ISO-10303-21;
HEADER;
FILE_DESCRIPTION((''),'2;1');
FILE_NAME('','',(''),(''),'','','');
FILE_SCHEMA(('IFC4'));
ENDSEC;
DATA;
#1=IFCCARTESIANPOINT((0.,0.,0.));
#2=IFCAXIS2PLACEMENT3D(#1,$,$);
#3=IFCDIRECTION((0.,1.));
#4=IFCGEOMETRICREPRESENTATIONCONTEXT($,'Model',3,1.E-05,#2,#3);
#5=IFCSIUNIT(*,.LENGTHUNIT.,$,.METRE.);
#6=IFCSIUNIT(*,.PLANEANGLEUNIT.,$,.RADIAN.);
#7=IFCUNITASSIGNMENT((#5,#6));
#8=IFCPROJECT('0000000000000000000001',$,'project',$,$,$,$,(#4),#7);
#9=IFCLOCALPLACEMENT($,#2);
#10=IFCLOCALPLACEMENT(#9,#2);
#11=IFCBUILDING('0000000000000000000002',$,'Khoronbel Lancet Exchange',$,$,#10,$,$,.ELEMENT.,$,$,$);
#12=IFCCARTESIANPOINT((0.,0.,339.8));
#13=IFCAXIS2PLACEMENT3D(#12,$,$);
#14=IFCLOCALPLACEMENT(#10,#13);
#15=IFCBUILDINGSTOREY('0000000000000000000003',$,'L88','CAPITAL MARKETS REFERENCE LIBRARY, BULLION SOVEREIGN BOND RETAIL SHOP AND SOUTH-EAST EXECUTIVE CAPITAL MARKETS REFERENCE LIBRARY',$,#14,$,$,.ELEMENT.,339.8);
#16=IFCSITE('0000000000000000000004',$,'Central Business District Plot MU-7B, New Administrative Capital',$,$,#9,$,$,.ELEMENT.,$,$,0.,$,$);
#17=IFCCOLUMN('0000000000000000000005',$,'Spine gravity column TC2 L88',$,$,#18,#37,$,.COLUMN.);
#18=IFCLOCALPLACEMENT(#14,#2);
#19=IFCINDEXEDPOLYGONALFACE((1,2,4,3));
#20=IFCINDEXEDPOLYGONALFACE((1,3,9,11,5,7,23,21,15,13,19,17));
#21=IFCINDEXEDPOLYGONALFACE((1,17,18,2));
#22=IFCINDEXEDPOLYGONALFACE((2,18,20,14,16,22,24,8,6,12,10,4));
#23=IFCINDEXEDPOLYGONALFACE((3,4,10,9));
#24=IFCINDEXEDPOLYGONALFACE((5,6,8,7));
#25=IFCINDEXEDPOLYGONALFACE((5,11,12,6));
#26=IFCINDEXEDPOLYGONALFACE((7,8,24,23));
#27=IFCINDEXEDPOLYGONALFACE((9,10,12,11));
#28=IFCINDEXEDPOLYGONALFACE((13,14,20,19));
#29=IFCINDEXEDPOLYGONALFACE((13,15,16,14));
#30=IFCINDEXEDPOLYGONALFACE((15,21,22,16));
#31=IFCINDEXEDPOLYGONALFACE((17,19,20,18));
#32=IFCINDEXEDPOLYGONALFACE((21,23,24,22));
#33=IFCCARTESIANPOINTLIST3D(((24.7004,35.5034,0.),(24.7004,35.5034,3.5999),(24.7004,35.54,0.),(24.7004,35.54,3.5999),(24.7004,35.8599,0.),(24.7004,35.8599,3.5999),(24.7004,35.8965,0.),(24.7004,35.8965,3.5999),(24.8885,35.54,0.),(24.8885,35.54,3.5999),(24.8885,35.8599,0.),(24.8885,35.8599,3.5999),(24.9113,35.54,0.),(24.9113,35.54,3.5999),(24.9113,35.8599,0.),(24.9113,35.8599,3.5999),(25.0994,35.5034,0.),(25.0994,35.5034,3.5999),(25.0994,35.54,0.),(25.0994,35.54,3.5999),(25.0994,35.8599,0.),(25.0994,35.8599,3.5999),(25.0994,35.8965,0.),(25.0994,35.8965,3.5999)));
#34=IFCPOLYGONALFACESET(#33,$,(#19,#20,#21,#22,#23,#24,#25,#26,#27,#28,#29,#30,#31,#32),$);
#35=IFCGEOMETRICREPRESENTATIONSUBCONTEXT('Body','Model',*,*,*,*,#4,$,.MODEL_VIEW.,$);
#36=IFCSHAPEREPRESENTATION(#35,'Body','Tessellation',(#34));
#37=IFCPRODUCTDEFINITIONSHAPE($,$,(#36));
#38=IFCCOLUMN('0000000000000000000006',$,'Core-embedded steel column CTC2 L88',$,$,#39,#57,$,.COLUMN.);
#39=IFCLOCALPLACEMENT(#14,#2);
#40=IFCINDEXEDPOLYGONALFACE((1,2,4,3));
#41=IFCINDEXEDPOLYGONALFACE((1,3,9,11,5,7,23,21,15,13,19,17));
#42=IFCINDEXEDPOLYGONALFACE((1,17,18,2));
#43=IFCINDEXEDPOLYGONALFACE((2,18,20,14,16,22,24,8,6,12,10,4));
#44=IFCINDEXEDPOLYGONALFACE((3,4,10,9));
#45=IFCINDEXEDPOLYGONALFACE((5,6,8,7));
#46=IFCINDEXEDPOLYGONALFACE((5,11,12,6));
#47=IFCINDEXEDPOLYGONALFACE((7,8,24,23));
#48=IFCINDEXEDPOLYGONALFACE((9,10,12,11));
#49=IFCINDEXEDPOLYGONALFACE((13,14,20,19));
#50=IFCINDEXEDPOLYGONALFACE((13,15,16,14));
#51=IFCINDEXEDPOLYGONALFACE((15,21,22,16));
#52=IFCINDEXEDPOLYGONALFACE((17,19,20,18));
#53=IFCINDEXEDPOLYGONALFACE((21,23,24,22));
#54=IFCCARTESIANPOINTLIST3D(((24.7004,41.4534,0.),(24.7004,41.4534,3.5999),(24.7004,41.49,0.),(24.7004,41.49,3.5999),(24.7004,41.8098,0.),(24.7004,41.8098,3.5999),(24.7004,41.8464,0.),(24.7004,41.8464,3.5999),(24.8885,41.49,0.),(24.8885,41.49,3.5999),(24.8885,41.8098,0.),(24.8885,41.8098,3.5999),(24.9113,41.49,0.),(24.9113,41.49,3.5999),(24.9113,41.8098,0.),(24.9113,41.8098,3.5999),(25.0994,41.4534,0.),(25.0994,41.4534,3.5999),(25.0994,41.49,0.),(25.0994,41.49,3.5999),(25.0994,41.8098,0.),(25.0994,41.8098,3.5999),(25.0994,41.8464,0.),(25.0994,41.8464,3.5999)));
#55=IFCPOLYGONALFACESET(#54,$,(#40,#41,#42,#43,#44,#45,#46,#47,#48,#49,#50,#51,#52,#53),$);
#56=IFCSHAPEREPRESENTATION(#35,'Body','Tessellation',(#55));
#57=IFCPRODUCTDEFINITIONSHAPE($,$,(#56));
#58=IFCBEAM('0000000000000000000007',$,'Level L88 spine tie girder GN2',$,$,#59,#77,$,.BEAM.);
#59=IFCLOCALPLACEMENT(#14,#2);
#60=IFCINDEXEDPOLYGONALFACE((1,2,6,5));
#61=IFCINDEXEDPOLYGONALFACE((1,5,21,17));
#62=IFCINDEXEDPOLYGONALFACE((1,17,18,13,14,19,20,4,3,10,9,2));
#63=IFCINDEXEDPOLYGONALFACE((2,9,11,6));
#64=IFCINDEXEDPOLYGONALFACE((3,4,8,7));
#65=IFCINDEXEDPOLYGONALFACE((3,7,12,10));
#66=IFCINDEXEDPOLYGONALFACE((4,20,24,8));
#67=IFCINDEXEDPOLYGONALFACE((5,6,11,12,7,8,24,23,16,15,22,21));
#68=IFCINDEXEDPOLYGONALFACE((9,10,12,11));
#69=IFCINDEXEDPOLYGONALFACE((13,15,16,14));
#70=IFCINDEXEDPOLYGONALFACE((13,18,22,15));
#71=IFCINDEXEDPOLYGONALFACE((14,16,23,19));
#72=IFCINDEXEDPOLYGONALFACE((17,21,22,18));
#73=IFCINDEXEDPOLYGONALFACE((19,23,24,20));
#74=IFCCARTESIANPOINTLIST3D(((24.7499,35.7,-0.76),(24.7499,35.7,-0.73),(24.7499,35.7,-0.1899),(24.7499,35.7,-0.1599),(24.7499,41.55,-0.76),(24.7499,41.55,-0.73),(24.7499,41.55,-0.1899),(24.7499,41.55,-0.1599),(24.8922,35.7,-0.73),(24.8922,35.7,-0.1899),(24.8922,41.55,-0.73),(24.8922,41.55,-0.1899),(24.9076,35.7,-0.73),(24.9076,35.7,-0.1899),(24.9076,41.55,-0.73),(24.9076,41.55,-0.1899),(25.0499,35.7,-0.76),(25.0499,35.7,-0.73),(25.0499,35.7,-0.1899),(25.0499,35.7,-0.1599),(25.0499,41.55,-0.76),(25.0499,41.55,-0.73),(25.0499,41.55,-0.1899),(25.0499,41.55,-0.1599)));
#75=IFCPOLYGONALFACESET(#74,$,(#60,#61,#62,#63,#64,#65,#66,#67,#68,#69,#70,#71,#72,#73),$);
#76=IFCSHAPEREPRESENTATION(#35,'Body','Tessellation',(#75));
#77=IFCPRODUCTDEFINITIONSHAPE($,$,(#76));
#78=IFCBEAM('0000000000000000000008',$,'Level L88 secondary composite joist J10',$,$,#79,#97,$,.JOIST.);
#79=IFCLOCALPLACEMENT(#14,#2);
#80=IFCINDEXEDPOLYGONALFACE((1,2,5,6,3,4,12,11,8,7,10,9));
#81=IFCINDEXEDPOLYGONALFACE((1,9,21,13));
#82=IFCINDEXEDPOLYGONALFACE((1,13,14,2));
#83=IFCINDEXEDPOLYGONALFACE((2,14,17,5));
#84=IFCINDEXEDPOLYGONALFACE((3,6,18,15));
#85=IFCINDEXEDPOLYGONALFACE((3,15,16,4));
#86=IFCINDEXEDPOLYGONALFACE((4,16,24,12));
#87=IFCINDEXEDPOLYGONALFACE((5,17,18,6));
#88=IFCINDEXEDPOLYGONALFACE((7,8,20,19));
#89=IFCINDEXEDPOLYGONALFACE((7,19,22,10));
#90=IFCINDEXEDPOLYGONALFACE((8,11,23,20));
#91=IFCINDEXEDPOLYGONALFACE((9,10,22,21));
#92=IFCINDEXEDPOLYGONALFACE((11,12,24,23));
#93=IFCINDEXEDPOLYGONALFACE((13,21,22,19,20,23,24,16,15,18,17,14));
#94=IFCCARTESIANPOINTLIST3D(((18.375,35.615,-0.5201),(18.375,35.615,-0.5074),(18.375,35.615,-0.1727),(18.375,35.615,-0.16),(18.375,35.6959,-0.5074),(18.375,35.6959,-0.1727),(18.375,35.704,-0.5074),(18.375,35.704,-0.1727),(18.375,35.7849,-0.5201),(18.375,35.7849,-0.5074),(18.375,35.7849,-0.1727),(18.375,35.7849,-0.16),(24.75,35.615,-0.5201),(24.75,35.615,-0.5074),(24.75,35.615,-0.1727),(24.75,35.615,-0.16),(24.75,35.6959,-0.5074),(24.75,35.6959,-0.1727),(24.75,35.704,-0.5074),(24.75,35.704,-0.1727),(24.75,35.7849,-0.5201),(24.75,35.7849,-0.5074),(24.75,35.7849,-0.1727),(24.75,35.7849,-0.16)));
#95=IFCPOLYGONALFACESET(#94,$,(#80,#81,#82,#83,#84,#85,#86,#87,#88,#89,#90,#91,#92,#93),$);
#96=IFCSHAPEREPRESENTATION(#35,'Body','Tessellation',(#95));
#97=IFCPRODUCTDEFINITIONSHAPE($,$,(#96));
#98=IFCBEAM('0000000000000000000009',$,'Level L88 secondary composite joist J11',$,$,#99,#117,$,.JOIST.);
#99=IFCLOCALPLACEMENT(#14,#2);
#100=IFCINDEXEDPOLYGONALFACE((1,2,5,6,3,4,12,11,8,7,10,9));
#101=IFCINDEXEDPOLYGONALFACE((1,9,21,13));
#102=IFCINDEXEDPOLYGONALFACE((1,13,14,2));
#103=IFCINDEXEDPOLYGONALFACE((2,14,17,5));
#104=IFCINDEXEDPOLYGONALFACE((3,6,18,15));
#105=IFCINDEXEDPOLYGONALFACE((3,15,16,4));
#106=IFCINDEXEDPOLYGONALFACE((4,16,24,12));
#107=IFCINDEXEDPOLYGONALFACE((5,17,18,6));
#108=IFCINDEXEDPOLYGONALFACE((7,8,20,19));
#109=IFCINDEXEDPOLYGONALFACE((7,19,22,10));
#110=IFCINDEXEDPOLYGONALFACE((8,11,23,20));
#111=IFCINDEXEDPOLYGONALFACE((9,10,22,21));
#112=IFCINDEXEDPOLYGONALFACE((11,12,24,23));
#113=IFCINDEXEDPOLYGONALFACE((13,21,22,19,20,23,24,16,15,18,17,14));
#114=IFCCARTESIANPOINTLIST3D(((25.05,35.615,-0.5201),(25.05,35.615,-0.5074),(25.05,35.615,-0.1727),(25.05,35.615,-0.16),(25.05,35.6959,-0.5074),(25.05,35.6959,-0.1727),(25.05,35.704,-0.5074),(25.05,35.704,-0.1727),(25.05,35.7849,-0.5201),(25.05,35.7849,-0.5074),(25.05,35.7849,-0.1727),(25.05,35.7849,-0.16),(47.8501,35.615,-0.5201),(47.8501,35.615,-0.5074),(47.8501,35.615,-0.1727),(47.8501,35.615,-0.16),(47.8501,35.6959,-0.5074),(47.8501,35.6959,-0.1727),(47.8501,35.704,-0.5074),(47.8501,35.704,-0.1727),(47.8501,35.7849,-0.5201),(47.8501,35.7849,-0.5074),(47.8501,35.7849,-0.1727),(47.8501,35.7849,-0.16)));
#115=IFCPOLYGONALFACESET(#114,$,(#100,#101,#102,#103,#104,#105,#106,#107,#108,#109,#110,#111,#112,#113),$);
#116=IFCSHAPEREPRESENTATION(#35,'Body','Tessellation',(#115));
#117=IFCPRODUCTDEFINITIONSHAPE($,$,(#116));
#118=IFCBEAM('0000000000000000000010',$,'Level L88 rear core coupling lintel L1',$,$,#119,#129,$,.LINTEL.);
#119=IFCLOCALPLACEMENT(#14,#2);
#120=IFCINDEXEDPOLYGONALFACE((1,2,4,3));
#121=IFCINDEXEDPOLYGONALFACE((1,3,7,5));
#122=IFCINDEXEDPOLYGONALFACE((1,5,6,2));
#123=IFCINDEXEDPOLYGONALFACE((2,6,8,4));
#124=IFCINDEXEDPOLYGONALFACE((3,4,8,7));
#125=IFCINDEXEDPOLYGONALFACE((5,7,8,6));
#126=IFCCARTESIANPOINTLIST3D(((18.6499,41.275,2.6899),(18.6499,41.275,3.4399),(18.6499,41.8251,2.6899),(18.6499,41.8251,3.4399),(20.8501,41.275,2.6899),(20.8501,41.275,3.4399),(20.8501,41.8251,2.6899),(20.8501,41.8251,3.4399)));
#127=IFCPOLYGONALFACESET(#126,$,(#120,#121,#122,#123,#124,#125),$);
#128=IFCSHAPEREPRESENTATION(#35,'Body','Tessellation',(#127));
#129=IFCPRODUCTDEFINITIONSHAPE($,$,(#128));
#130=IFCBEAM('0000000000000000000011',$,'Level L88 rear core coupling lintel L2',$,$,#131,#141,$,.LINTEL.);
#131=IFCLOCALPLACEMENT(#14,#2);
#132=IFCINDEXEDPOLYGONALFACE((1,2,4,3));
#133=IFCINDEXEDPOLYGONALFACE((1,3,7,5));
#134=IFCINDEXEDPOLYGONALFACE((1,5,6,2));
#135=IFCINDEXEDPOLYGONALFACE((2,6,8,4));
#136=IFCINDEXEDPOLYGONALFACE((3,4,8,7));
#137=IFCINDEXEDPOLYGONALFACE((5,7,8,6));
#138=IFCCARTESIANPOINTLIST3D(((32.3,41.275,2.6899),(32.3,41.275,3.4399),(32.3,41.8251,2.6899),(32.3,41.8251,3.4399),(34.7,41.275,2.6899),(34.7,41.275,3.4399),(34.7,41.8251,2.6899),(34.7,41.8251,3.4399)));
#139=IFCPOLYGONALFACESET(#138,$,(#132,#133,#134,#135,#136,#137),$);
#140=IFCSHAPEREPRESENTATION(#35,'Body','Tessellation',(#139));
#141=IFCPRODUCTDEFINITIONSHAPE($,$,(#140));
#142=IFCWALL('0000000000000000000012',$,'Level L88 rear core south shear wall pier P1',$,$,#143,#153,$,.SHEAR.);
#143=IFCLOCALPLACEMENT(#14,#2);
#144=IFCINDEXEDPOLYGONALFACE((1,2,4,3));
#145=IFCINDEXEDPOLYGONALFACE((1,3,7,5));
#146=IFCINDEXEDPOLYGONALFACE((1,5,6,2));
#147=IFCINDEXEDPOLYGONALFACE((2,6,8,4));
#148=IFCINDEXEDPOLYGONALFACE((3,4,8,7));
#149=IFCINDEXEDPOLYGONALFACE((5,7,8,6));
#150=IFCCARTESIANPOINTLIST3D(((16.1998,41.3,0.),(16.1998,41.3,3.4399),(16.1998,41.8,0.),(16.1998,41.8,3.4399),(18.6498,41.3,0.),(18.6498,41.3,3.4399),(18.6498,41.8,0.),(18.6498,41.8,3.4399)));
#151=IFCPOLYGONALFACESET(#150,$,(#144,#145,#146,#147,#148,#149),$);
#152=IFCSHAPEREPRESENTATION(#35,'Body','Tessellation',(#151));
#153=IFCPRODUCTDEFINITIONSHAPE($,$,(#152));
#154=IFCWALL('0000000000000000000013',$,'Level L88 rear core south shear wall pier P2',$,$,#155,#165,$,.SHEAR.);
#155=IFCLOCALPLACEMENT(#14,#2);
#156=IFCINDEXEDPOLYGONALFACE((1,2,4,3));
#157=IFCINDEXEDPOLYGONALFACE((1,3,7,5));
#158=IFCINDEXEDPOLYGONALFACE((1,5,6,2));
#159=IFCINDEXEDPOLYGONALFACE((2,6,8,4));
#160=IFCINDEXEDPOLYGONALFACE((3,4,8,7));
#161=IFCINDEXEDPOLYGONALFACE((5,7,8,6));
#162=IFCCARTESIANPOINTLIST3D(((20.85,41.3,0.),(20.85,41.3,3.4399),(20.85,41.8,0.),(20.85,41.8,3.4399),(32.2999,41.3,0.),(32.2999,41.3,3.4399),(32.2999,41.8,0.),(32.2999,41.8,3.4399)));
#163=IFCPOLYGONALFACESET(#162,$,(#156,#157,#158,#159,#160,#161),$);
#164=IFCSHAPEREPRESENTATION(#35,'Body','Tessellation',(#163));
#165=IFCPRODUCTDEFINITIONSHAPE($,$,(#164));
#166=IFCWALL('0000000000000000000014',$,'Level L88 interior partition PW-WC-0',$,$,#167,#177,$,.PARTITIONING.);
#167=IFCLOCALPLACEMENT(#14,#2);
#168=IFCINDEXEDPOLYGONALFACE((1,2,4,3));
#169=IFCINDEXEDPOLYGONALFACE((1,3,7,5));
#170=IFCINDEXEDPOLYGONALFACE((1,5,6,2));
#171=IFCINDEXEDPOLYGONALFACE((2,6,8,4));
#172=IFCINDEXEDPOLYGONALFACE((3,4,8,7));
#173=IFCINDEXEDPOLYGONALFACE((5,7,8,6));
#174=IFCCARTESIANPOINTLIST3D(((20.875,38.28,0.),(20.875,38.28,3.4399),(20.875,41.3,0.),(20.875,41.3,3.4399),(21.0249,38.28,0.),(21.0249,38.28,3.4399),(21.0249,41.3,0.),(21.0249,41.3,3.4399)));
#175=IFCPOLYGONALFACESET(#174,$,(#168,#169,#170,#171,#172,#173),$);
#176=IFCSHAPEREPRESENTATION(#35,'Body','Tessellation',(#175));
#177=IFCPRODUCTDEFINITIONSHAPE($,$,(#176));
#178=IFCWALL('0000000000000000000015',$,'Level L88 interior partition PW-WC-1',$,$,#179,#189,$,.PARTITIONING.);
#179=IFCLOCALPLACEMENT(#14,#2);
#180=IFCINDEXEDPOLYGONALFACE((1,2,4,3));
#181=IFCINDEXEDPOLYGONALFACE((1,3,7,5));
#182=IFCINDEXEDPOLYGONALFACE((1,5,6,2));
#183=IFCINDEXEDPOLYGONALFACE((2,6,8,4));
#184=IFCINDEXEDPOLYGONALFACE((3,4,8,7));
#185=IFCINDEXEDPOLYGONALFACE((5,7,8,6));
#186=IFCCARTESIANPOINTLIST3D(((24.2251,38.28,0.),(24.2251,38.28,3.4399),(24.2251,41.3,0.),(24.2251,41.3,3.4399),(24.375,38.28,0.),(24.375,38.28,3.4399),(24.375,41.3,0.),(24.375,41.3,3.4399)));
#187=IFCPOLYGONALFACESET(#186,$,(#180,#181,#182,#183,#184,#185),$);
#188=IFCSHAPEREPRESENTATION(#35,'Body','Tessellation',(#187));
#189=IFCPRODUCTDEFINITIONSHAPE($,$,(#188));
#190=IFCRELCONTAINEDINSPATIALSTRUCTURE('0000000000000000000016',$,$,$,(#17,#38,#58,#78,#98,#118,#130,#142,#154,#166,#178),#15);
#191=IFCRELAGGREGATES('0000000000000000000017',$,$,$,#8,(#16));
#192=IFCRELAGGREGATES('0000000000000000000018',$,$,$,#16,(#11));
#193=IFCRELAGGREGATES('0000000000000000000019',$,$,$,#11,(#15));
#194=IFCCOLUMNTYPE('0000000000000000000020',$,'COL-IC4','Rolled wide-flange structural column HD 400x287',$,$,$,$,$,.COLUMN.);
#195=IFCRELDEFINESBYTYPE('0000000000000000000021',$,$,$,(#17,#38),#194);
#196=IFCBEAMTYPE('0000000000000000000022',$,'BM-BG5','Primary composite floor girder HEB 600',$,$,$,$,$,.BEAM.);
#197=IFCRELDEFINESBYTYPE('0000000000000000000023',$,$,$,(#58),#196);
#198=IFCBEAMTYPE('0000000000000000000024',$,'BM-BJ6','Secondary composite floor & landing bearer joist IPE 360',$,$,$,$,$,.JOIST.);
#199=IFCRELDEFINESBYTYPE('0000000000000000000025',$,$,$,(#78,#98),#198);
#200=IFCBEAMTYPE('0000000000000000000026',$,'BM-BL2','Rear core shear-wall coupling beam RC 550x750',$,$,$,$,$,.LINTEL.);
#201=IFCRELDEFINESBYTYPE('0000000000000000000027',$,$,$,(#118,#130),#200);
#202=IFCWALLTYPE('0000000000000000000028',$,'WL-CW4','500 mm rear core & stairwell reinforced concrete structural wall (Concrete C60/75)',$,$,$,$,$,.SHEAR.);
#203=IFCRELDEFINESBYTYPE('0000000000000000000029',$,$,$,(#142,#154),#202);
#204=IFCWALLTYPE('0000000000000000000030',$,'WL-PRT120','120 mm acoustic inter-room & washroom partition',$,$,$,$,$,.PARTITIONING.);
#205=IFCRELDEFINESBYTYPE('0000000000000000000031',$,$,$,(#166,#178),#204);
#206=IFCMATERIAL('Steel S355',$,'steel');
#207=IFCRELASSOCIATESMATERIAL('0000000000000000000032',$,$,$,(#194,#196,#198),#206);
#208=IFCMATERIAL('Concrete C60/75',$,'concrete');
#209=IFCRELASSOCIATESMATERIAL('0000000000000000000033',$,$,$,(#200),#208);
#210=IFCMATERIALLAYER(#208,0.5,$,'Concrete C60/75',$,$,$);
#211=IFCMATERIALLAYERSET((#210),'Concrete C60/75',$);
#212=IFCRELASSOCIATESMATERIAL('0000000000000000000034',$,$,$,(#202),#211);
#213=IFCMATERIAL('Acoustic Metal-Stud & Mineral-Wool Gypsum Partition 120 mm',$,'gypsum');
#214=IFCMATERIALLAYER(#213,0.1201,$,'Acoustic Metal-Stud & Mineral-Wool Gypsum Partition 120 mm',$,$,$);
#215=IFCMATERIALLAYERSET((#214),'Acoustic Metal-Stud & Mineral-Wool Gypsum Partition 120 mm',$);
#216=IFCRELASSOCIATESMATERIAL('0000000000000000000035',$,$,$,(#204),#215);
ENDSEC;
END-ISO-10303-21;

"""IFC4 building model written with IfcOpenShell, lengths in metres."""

from ifc_helpers import new_model, si_unit, direction, frame, frame_2d, origin, origin_2d, place, context, subcontext, project, spatial, rectangle, i_section, extrude, material, layer, layer_set, material_profile, profile_set, type_object, element, save


model = new_model("IFC4")

# Units and contexts
model_context = context("Model", 3, precision=1e-05, world=origin(), true_north=direction((0.0, 1.0)))
body_context = subcontext(model_context, "Body", "Model", "MODEL_VIEW")
ifc_project = project(units=[si_unit("LENGTHUNIT", "METRE"), si_unit("PLANEANGLEUNIT", "RADIAN")], contexts=[model_context])

# Site, building, storey
site_placement = place(None, origin())
site = spatial("IfcSite", under=ifc_project, at=site_placement, Name="Central Business District Plot MU-7B, New Administrative Capital", CompositionType="ELEMENT", RefElevation=0.0)
building_placement = place(site_placement, origin())
building = spatial("IfcBuilding", under=site, at=building_placement, Name="Khoronbel Lancet Exchange", CompositionType="ELEMENT")
storey_placement = place(building_placement, frame((0.0, 0.0, 339.8)))
storey = spatial("IfcBuildingStorey", under=building, at=storey_placement, Name="L88", Description="CAPITAL MARKETS REFERENCE LIBRARY, BULLION SOVEREIGN BOND RETAIL SHOP AND SOUTH-EAST EXECUTIVE CAPITAL MARKETS REFERENCE LIBRARY", CompositionType="ELEMENT", Elevation=339.8)

# Columns
ifc_material_1 = material(Name="Steel S355", Category="steel")
ifc_material_profile_1 = material_profile(ifc_material_1, i_section(OverallWidth=0.3989, OverallDepth=0.3931, WebThickness=0.0227, FlangeThickness=0.0366, at=origin_2d()), Name="HD 400x287")
ifc_profile_set_1 = profile_set([ifc_material_profile_1], Name="Steel S355")
column_type = type_object("IfcColumnType", Name="COL-IC4", Description="Rolled wide-flange structural column HD 400x287", PredefinedType="COLUMN", material=ifc_profile_set_1)
for number, where, z_axis, x_axis, name in (
    (1, (24.8999, 35.7, 0.0), (0.0, 0.0, 1.0), (1.0, 0.0, 0.0), "Spine gravity column TC2 L88"),
    (2, (24.8999, 41.6499, 0.0), (0.0, 0.0, 1.0), (1.0, 0.0, 0.0), "Core-embedded steel column CTC2 L88"),
):
    element("IfcColumn", number, at=place(storey_placement, frame(where, z_axis=z_axis, x_axis=x_axis)), inside=storey, type_object=column_type, Name=name, PredefinedType="COLUMN", context=body_context, shape_type="SweptSolid", body=[
        extrude(i_section(OverallWidth=0.3989, OverallDepth=0.3931, WebThickness=0.0227, FlangeThickness=0.0366, at=origin_2d()), origin(), (0.0, 0.0, 1.0), 3.5999),
    ])

# Beams
ifc_material_profile_2 = material_profile(ifc_material_1, i_section(OverallWidth=0.3, OverallDepth=0.6001, WebThickness=0.0154, FlangeThickness=0.03, at=origin_2d()), Name="HEB 600")
ifc_profile_set_2 = profile_set([ifc_material_profile_2], Name="Steel S355")
beam_type_1 = type_object("IfcBeamType", Name="BM-BG5", Description="Primary composite floor girder HEB 600", PredefinedType="BEAM", material=ifc_profile_set_2)
beam_1_placement = place(storey_placement, frame((24.8999, 35.7, -0.46), z_axis=(0.0, 1.0, 0.0), x_axis=(-1.0, 0.0, 0.0)))
element("IfcBeam", 3, at=beam_1_placement, inside=storey, type_object=beam_type_1, Name="Level L88 spine tie girder GN2", PredefinedType="BEAM", context=body_context, shape_type="SweptSolid", body=[
    extrude(i_section(OverallWidth=0.3, OverallDepth=0.6001, WebThickness=0.0154, FlangeThickness=0.03, at=origin_2d()), origin(), (0.0, 0.0, 1.0), 5.8501),
])
ifc_material_profile_3 = material_profile(ifc_material_1, i_section(OverallWidth=0.1699, OverallDepth=0.3601, WebThickness=0.0081, FlangeThickness=0.0127, at=origin_2d()), Name="IPE 360")
ifc_profile_set_3 = profile_set([ifc_material_profile_3], Name="Steel S355")
beam_type_2 = type_object("IfcBeamType", Name="BM-BJ6", Description="Secondary composite floor & landing bearer joist IPE 360", PredefinedType="JOIST", material=ifc_profile_set_3)
beam_2_placement = place(storey_placement, frame((18.375, 35.7, -0.3401), z_axis=(1.0, 0.0, 0.0), x_axis=(0.0, 1.0, 0.0)))
element("IfcBeam", 4, at=beam_2_placement, inside=storey, type_object=beam_type_2, Name="Level L88 secondary composite joist J10", PredefinedType="JOIST", context=body_context, shape_type="SweptSolid", body=[
    extrude(i_section(OverallWidth=0.1699, OverallDepth=0.3601, WebThickness=0.0081, FlangeThickness=0.0127, at=origin_2d()), origin(), (0.0, 0.0, 1.0), 6.375),
])
beam_3_placement = place(storey_placement, frame((25.05, 35.7, -0.3401), z_axis=(1.0, 0.0, 0.0), x_axis=(0.0, 1.0, 0.0)))
element("IfcBeam", 5, at=beam_3_placement, inside=storey, type_object=beam_type_2, Name="Level L88 secondary composite joist J11", PredefinedType="JOIST", context=body_context, shape_type="SweptSolid", body=[
    extrude(i_section(OverallWidth=0.1699, OverallDepth=0.3601, WebThickness=0.0081, FlangeThickness=0.0127, at=origin_2d()), origin(), (0.0, 0.0, 1.0), 22.8),
])
ifc_material_2 = material(Name="Concrete C60/75", Category="concrete")
ifc_material_profile_4 = material_profile(ifc_material_2, rectangle(XDim=0.55, YDim=0.75, at=origin_2d()), Name="RC 550x750")
ifc_profile_set_4 = profile_set([ifc_material_profile_4], Name="Concrete C60/75")
beam_type_3 = type_object("IfcBeamType", Name="BM-BL2", Description="Rear core shear-wall coupling beam RC 550x750", PredefinedType="LINTEL", material=ifc_profile_set_4)
beam_4_placement = place(storey_placement, frame((18.6499, 41.55, 3.0649), z_axis=(1.0, 0.0, 0.0), x_axis=(0.0, 1.0, 0.0)))
element("IfcBeam", 6, at=beam_4_placement, inside=storey, type_object=beam_type_3, Name="Level L88 rear core coupling lintel L1", PredefinedType="LINTEL", context=body_context, shape_type="SweptSolid", body=[
    extrude(rectangle(XDim=0.55, YDim=0.75, at=origin_2d()), origin(), (0.0, 0.0, 1.0), 2.2002),
])
beam_5_placement = place(storey_placement, frame((32.3, 41.55, 3.0649), z_axis=(1.0, 0.0, 0.0), x_axis=(0.0, 1.0, 0.0)))
element("IfcBeam", 7, at=beam_5_placement, inside=storey, type_object=beam_type_3, Name="Level L88 rear core coupling lintel L2", PredefinedType="LINTEL", context=body_context, shape_type="SweptSolid", body=[
    extrude(rectangle(XDim=0.55, YDim=0.75, at=origin_2d()), origin(), (0.0, 0.0, 1.0), 2.3999),
])

# Walls
ifc_layer_1 = layer(ifc_material_2, 0.5, Name="Concrete C60/75")
ifc_layer_set_1 = layer_set([ifc_layer_1], Name="Concrete C60/75")
wall_type_1 = type_object("IfcWallType", Name="WL-CW4", Description="500 mm rear core & stairwell reinforced concrete structural wall (Concrete C60/75)", PredefinedType="SHEAR", material=ifc_layer_set_1)
wall_1_placement = place(storey_placement, frame((18.6499, 41.55, 0.0), z_axis=(0.0, 0.0, 1.0), x_axis=(-1.0, 0.0, 0.0)))
element("IfcWall", 8, at=wall_1_placement, inside=storey, type_object=wall_type_1, Name="Level L88 rear core south shear wall pier P1", PredefinedType="SHEAR", context=body_context, shape_type="SweptSolid", body=[
    extrude(rectangle(XDim=2.45, YDim=0.5, at=frame_2d((1.2251, 0.0))), origin(), (0.0, 0.0, 1.0), 3.4399),
])
wall_2_placement = place(storey_placement, frame((32.3, 41.55, 0.0), z_axis=(0.0, 0.0, 1.0), x_axis=(-1.0, 0.0, 0.0)))
element("IfcWall", 9, at=wall_2_placement, inside=storey, type_object=wall_type_1, Name="Level L88 rear core south shear wall pier P2", PredefinedType="SHEAR", context=body_context, shape_type="SweptSolid", body=[
    extrude(rectangle(XDim=11.45, YDim=0.5, at=frame_2d((5.7251, 0.0))), origin(), (0.0, 0.0, 1.0), 3.4399),
])
ifc_material_3 = material(Name="Acoustic Metal-Stud & Mineral-Wool Gypsum Partition 120 mm", Category="gypsum")
ifc_layer_2 = layer(ifc_material_3, 0.1201, Name="Acoustic Metal-Stud & Mineral-Wool Gypsum Partition 120 mm")
ifc_layer_set_2 = layer_set([ifc_layer_2], Name="Acoustic Metal-Stud & Mineral-Wool Gypsum Partition 120 mm")
wall_type_2 = type_object("IfcWallType", Name="WL-PRT120", Description="120 mm acoustic inter-room & washroom partition", PredefinedType="PARTITIONING", material=ifc_layer_set_2)
for number, where, z_axis, x_axis, name in (
    (10, (20.95, 38.28, 0.0), (0.0, 0.0, 1.0), (0.0, 1.0, 0.0), "Level L88 interior partition PW-WC-0"),
    (11, (24.3, 38.28, 0.0), (0.0, 0.0, 1.0), (0.0, 1.0, 0.0), "Level L88 interior partition PW-WC-1"),
):
    element("IfcWall", number, at=place(storey_placement, frame(where, z_axis=z_axis, x_axis=x_axis)), inside=storey, type_object=wall_type_2, Name=name, PredefinedType="PARTITIONING", context=body_context, shape_type="SweptSolid", body=[
        extrude(rectangle(XDim=3.02, YDim=0.1499, at=frame_2d((1.51, 0.0))), origin(), (0.0, 0.0, 1.0), 3.4399),
    ])

save(model, "model.ifc")
